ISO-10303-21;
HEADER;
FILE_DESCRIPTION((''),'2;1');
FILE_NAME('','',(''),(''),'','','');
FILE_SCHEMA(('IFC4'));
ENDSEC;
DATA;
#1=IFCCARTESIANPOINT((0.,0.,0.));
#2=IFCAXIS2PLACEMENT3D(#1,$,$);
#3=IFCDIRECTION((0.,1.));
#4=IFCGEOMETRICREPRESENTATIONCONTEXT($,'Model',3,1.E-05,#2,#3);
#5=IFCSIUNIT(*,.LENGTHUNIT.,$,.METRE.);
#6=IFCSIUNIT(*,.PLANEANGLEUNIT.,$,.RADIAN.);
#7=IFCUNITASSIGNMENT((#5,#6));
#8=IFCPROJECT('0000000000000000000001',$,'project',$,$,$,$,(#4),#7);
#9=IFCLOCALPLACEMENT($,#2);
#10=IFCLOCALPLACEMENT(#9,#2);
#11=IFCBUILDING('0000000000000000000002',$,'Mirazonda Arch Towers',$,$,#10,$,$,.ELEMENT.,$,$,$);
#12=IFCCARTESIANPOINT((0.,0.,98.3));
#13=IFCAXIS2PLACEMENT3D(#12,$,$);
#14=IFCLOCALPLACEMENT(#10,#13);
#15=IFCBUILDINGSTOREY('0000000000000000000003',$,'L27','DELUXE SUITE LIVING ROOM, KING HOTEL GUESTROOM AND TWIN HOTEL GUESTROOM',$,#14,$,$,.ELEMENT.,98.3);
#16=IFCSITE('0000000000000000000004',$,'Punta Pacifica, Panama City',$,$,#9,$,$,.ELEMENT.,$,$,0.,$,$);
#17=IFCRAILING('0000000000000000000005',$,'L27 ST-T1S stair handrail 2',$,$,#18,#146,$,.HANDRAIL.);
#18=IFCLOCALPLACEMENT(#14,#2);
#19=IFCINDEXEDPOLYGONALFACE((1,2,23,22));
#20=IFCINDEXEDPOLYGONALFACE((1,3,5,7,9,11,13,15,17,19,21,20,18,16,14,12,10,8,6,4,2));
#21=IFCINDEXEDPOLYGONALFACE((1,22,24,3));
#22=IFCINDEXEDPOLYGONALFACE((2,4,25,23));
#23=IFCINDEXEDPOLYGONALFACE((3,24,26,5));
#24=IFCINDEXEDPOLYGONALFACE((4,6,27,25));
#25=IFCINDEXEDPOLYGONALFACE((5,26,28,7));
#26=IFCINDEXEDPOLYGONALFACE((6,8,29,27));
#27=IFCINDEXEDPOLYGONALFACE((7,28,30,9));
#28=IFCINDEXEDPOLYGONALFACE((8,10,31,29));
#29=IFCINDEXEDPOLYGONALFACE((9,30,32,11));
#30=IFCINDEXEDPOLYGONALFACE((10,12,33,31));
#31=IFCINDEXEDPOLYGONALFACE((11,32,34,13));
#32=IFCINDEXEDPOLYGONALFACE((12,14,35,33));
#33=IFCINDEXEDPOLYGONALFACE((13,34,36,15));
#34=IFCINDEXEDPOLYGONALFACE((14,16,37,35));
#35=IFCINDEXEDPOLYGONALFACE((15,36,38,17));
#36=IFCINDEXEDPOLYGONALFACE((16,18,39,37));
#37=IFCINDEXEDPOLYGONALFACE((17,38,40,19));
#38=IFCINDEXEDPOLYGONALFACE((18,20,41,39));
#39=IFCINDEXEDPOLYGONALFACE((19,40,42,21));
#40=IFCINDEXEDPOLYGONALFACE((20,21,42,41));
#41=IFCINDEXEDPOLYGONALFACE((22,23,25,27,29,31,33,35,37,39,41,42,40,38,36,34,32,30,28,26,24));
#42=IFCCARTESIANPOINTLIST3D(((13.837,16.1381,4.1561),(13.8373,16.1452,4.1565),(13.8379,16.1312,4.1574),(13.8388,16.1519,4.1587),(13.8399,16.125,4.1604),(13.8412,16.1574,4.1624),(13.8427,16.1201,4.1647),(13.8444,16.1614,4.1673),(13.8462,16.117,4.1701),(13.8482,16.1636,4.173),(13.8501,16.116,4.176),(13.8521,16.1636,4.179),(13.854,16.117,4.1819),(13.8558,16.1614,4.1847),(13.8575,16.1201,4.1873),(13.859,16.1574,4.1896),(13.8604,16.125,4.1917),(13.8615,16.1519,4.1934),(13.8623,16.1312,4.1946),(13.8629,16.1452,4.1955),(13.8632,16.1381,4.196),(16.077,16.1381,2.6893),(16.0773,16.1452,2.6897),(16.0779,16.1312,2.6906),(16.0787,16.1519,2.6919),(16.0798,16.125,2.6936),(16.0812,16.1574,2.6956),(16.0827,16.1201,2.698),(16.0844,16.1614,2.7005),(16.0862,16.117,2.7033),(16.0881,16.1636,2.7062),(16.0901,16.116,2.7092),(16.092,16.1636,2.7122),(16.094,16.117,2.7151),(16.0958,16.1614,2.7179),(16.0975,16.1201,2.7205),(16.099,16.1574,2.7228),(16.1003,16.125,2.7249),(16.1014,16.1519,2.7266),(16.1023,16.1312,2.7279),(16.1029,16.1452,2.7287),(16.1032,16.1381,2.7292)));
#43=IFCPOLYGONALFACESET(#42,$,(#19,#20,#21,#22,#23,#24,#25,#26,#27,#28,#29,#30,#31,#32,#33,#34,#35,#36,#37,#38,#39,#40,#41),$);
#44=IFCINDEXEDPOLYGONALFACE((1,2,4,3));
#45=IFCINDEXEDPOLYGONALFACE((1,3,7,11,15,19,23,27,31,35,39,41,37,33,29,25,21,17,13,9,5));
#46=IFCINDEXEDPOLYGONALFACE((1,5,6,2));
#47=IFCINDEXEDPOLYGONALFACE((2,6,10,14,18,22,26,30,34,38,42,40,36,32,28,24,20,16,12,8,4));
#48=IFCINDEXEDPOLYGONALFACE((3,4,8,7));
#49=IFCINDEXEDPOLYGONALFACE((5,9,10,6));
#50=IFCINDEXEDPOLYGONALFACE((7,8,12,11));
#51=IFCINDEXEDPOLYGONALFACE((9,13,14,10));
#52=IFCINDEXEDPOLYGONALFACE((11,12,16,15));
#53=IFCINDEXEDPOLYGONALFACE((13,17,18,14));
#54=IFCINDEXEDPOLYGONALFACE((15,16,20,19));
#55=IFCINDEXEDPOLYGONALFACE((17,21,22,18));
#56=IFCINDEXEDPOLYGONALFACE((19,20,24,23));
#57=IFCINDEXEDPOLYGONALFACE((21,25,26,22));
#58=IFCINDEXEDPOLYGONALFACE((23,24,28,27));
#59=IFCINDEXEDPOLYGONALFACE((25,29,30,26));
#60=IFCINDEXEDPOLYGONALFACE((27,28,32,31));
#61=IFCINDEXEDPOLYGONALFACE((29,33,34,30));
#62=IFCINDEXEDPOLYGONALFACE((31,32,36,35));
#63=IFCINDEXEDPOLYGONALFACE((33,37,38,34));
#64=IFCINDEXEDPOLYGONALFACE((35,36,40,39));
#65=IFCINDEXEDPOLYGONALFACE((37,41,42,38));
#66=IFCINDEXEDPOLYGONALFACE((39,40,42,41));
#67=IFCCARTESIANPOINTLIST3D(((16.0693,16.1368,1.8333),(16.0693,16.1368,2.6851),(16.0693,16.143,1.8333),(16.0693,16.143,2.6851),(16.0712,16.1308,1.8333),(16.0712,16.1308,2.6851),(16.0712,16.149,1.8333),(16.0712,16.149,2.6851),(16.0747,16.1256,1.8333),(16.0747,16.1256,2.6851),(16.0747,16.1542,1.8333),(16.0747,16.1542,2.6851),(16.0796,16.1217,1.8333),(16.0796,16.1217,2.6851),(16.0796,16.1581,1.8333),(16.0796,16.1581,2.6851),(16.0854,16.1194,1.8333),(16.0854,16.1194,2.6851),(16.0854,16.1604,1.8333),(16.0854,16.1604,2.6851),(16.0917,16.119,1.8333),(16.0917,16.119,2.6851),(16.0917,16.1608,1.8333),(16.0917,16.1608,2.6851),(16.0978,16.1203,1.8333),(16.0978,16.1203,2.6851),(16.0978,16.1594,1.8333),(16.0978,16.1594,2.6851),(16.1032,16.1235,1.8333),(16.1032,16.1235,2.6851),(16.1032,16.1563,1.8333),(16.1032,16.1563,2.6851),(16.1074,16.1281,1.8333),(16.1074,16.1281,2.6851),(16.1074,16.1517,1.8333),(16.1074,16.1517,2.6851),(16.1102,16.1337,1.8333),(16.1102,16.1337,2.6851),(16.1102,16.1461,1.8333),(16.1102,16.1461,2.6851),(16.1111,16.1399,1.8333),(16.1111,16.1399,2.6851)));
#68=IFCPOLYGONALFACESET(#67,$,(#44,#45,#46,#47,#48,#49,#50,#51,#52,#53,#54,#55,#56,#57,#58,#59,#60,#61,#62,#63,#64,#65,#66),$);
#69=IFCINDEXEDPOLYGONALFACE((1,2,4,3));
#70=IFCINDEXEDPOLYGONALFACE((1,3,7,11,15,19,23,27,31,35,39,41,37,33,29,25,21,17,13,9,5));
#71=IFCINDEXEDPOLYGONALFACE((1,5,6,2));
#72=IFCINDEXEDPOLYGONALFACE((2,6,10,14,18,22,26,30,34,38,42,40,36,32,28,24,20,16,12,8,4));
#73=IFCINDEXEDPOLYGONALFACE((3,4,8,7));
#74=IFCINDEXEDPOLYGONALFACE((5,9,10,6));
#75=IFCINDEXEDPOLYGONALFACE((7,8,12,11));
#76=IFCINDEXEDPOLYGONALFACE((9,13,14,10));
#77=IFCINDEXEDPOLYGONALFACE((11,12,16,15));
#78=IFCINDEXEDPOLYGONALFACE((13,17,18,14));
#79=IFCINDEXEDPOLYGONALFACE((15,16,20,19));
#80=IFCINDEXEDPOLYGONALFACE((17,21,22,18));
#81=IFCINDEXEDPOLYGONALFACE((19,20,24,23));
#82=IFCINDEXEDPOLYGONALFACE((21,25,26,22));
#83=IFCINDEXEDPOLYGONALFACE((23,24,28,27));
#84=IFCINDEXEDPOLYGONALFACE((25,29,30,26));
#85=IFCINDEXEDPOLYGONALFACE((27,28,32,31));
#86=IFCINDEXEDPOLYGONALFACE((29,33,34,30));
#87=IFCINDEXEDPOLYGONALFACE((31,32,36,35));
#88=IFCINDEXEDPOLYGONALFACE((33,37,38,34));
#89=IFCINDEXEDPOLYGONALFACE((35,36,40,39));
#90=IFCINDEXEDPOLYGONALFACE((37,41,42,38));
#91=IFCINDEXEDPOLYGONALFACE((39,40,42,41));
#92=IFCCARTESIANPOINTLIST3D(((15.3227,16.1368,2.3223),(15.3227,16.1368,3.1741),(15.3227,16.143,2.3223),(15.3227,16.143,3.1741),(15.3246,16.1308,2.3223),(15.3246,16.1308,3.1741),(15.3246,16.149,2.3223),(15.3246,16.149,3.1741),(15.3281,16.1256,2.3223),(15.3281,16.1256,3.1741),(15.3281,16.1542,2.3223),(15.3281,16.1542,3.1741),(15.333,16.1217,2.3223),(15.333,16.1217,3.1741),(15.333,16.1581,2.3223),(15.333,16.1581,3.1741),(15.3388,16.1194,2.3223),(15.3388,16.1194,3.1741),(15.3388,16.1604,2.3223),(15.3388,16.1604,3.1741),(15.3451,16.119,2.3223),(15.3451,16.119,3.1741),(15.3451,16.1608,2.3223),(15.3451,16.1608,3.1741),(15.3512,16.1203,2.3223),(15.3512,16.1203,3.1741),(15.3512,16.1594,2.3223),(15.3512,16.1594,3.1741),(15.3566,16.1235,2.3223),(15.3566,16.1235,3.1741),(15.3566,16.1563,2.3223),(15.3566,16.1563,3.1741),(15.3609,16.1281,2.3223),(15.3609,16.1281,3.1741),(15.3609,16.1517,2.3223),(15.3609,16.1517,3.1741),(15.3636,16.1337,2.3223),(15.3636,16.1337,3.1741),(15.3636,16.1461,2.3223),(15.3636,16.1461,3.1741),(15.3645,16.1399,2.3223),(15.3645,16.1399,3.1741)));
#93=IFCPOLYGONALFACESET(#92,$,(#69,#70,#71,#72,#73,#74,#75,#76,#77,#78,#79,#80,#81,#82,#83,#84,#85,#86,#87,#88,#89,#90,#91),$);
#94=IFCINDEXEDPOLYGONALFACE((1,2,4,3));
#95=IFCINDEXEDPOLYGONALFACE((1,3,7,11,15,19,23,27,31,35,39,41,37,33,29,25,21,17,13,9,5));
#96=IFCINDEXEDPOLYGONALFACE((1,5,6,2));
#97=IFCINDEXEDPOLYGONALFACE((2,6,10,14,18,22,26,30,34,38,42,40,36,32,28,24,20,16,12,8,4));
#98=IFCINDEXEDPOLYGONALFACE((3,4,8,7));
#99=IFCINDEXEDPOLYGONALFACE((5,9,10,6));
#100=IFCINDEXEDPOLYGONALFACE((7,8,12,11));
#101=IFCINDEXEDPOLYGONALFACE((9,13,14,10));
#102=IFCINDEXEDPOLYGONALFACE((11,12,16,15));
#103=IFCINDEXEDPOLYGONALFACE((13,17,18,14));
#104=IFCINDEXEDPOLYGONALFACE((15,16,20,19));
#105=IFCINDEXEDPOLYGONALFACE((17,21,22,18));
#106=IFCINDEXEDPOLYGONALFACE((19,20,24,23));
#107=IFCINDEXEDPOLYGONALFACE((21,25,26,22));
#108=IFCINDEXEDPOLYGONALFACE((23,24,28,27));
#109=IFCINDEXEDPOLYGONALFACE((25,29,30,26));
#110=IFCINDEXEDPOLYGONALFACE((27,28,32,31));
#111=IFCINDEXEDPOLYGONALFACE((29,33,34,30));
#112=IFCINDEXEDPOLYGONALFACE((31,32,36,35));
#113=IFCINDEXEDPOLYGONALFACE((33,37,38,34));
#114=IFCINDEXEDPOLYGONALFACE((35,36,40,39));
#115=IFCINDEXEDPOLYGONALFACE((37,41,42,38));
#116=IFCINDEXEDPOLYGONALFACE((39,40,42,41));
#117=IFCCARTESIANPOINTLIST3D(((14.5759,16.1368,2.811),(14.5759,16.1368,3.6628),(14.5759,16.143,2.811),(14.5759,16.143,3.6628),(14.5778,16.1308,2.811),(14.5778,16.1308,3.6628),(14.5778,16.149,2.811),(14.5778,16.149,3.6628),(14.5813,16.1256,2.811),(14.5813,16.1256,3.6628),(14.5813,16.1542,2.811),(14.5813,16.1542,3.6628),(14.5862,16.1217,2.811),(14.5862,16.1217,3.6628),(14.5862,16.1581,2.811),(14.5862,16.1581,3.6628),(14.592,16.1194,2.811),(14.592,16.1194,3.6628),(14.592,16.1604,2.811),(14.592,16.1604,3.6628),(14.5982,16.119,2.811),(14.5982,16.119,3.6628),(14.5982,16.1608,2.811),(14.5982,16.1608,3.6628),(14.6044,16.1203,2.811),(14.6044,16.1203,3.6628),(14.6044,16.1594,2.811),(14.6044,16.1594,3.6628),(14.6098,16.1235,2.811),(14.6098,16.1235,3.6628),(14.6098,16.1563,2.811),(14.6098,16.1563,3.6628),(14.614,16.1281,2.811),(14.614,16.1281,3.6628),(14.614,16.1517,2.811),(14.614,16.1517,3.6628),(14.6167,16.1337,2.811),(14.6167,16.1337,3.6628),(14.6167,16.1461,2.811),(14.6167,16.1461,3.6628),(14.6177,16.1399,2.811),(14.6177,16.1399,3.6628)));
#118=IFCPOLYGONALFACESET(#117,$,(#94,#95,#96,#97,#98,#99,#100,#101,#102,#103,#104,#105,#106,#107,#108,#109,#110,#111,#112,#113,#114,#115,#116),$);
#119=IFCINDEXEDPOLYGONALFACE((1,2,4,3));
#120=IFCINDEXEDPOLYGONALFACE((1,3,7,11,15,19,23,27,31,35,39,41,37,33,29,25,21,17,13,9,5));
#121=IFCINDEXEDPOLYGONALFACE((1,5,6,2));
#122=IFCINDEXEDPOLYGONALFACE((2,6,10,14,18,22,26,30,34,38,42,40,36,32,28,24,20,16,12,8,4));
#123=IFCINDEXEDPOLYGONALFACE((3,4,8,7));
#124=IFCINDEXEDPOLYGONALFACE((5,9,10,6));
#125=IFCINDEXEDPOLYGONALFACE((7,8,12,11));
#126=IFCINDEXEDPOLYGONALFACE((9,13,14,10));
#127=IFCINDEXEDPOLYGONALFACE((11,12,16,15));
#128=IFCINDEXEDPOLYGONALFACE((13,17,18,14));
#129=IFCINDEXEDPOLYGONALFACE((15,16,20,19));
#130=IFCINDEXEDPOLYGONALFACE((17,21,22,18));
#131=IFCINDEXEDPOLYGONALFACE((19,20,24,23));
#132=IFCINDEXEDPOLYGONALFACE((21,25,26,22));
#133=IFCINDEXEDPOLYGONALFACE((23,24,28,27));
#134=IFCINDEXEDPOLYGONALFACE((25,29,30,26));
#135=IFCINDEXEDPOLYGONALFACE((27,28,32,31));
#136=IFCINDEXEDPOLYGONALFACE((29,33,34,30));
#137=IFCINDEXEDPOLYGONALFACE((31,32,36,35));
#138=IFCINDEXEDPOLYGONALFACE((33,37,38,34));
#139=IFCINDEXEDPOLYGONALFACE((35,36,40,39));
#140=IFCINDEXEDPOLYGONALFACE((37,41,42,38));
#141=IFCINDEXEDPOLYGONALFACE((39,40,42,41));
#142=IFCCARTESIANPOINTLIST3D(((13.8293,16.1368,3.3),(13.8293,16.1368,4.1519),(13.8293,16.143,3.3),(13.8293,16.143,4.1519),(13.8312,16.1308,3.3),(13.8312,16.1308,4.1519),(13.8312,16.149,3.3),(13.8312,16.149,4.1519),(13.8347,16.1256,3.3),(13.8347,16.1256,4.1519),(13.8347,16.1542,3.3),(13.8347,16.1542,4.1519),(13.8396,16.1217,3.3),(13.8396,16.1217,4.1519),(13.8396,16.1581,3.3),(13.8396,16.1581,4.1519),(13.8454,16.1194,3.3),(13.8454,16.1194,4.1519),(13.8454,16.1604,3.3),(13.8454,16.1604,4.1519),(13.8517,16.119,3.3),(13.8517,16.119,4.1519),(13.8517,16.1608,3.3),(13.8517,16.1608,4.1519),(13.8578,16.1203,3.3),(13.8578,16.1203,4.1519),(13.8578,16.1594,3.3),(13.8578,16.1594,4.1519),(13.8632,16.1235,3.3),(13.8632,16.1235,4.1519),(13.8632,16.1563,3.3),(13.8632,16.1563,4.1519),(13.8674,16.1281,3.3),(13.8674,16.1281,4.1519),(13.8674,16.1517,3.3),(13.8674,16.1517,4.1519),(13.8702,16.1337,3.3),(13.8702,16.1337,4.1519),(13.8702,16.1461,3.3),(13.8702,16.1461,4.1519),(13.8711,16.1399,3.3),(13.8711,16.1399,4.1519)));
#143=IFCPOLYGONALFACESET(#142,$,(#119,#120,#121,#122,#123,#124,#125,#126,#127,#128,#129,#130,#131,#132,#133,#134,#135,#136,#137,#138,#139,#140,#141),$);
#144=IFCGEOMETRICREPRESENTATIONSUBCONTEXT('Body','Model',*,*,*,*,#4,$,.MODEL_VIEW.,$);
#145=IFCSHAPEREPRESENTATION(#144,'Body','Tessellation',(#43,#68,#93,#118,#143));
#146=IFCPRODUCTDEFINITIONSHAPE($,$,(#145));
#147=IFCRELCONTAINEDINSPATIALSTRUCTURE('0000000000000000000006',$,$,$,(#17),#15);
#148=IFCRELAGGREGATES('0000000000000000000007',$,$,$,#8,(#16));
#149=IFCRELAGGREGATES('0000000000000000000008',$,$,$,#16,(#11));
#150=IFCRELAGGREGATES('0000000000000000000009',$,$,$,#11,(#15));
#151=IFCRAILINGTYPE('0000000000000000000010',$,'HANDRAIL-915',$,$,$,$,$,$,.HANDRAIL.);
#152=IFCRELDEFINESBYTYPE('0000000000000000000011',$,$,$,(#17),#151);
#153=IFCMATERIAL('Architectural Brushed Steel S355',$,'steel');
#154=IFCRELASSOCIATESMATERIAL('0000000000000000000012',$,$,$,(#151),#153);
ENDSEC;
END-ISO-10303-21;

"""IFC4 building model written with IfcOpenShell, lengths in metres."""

from ifc_helpers import new_model, si_unit, direction, frame, origin, origin_2d, place, context, subcontext, project, spatial, circle, extrude, material, type_object, element, save


model = new_model("IFC4")

# Units and contexts
model_context = context("Model", 3, precision=1e-05, world=origin(), true_north=direction((0.0, 1.0)))
body_context = subcontext(model_context, "Body", "Model", "MODEL_VIEW")
ifc_project = project(units=[si_unit("LENGTHUNIT", "METRE"), si_unit("PLANEANGLEUNIT", "RADIAN")], contexts=[model_context])

# Site, building, storey
site_placement = place(None, origin())
site = spatial("IfcSite", under=ifc_project, at=site_placement, Name="Punta Pacifica, Panama City", CompositionType="ELEMENT", RefElevation=0.0)
building_placement = place(site_placement, origin())
building = spatial("IfcBuilding", under=site, at=building_placement, Name="Mirazonda Arch Towers", CompositionType="ELEMENT")
storey_placement = place(building_placement, frame((0.0, 0.0, 98.3)))
storey = spatial("IfcBuildingStorey", under=building, at=storey_placement, Name="L27", Description="DELUXE SUITE LIVING ROOM, KING HOTEL GUESTROOM AND TWIN HOTEL GUESTROOM", CompositionType="ELEMENT", Elevation=98.3)

# Shared definitions
ifc_material_1 = material(Name="Architectural Brushed Steel S355", Category="steel")

# Railing
railing_type_1 = type_object("IfcRailingType", Name="HANDRAIL-915", PredefinedType="HANDRAIL", material=ifc_material_1)
railing_1_placement = place(storey_placement, frame((16.0901, 16.1399, 1.8333)))
element("IfcRailing", 1, at=railing_1_placement, inside=storey, type_object=railing_type_1, Name="L27 ST-T1S stair handrail 2", PredefinedType="HANDRAIL", context=body_context, shape_type="SweptSolid", body=[
    extrude(circle(Radius=0.0239, at=origin_2d()), frame((0.0, 0.0, 0.876), z_axis=(-0.836595, 0.0, 0.547822), x_axis=(0.0, -1.0, 0.0)), (0.0, 0.0, 1.0), 2.6775),
    extrude(circle(Radius=0.021, at=origin_2d()), origin(), (0.0, 0.0, 1.0), 0.8518),
    extrude(circle(Radius=0.021, at=origin_2d()), frame((-0.7466, 0.0, 0.489)), (0.0, 0.0, 1.0), 0.8518),
    extrude(circle(Radius=0.021, at=origin_2d()), frame((-1.4934, 0.0, 0.9778)), (0.0, 0.0, 1.0), 0.8518),
    extrude(circle(Radius=0.021, at=origin_2d()), frame((-2.24, 0.0, 1.4668)), (0.0, 0.0, 1.0), 0.8518),
])

save(model, "model.ifc")
